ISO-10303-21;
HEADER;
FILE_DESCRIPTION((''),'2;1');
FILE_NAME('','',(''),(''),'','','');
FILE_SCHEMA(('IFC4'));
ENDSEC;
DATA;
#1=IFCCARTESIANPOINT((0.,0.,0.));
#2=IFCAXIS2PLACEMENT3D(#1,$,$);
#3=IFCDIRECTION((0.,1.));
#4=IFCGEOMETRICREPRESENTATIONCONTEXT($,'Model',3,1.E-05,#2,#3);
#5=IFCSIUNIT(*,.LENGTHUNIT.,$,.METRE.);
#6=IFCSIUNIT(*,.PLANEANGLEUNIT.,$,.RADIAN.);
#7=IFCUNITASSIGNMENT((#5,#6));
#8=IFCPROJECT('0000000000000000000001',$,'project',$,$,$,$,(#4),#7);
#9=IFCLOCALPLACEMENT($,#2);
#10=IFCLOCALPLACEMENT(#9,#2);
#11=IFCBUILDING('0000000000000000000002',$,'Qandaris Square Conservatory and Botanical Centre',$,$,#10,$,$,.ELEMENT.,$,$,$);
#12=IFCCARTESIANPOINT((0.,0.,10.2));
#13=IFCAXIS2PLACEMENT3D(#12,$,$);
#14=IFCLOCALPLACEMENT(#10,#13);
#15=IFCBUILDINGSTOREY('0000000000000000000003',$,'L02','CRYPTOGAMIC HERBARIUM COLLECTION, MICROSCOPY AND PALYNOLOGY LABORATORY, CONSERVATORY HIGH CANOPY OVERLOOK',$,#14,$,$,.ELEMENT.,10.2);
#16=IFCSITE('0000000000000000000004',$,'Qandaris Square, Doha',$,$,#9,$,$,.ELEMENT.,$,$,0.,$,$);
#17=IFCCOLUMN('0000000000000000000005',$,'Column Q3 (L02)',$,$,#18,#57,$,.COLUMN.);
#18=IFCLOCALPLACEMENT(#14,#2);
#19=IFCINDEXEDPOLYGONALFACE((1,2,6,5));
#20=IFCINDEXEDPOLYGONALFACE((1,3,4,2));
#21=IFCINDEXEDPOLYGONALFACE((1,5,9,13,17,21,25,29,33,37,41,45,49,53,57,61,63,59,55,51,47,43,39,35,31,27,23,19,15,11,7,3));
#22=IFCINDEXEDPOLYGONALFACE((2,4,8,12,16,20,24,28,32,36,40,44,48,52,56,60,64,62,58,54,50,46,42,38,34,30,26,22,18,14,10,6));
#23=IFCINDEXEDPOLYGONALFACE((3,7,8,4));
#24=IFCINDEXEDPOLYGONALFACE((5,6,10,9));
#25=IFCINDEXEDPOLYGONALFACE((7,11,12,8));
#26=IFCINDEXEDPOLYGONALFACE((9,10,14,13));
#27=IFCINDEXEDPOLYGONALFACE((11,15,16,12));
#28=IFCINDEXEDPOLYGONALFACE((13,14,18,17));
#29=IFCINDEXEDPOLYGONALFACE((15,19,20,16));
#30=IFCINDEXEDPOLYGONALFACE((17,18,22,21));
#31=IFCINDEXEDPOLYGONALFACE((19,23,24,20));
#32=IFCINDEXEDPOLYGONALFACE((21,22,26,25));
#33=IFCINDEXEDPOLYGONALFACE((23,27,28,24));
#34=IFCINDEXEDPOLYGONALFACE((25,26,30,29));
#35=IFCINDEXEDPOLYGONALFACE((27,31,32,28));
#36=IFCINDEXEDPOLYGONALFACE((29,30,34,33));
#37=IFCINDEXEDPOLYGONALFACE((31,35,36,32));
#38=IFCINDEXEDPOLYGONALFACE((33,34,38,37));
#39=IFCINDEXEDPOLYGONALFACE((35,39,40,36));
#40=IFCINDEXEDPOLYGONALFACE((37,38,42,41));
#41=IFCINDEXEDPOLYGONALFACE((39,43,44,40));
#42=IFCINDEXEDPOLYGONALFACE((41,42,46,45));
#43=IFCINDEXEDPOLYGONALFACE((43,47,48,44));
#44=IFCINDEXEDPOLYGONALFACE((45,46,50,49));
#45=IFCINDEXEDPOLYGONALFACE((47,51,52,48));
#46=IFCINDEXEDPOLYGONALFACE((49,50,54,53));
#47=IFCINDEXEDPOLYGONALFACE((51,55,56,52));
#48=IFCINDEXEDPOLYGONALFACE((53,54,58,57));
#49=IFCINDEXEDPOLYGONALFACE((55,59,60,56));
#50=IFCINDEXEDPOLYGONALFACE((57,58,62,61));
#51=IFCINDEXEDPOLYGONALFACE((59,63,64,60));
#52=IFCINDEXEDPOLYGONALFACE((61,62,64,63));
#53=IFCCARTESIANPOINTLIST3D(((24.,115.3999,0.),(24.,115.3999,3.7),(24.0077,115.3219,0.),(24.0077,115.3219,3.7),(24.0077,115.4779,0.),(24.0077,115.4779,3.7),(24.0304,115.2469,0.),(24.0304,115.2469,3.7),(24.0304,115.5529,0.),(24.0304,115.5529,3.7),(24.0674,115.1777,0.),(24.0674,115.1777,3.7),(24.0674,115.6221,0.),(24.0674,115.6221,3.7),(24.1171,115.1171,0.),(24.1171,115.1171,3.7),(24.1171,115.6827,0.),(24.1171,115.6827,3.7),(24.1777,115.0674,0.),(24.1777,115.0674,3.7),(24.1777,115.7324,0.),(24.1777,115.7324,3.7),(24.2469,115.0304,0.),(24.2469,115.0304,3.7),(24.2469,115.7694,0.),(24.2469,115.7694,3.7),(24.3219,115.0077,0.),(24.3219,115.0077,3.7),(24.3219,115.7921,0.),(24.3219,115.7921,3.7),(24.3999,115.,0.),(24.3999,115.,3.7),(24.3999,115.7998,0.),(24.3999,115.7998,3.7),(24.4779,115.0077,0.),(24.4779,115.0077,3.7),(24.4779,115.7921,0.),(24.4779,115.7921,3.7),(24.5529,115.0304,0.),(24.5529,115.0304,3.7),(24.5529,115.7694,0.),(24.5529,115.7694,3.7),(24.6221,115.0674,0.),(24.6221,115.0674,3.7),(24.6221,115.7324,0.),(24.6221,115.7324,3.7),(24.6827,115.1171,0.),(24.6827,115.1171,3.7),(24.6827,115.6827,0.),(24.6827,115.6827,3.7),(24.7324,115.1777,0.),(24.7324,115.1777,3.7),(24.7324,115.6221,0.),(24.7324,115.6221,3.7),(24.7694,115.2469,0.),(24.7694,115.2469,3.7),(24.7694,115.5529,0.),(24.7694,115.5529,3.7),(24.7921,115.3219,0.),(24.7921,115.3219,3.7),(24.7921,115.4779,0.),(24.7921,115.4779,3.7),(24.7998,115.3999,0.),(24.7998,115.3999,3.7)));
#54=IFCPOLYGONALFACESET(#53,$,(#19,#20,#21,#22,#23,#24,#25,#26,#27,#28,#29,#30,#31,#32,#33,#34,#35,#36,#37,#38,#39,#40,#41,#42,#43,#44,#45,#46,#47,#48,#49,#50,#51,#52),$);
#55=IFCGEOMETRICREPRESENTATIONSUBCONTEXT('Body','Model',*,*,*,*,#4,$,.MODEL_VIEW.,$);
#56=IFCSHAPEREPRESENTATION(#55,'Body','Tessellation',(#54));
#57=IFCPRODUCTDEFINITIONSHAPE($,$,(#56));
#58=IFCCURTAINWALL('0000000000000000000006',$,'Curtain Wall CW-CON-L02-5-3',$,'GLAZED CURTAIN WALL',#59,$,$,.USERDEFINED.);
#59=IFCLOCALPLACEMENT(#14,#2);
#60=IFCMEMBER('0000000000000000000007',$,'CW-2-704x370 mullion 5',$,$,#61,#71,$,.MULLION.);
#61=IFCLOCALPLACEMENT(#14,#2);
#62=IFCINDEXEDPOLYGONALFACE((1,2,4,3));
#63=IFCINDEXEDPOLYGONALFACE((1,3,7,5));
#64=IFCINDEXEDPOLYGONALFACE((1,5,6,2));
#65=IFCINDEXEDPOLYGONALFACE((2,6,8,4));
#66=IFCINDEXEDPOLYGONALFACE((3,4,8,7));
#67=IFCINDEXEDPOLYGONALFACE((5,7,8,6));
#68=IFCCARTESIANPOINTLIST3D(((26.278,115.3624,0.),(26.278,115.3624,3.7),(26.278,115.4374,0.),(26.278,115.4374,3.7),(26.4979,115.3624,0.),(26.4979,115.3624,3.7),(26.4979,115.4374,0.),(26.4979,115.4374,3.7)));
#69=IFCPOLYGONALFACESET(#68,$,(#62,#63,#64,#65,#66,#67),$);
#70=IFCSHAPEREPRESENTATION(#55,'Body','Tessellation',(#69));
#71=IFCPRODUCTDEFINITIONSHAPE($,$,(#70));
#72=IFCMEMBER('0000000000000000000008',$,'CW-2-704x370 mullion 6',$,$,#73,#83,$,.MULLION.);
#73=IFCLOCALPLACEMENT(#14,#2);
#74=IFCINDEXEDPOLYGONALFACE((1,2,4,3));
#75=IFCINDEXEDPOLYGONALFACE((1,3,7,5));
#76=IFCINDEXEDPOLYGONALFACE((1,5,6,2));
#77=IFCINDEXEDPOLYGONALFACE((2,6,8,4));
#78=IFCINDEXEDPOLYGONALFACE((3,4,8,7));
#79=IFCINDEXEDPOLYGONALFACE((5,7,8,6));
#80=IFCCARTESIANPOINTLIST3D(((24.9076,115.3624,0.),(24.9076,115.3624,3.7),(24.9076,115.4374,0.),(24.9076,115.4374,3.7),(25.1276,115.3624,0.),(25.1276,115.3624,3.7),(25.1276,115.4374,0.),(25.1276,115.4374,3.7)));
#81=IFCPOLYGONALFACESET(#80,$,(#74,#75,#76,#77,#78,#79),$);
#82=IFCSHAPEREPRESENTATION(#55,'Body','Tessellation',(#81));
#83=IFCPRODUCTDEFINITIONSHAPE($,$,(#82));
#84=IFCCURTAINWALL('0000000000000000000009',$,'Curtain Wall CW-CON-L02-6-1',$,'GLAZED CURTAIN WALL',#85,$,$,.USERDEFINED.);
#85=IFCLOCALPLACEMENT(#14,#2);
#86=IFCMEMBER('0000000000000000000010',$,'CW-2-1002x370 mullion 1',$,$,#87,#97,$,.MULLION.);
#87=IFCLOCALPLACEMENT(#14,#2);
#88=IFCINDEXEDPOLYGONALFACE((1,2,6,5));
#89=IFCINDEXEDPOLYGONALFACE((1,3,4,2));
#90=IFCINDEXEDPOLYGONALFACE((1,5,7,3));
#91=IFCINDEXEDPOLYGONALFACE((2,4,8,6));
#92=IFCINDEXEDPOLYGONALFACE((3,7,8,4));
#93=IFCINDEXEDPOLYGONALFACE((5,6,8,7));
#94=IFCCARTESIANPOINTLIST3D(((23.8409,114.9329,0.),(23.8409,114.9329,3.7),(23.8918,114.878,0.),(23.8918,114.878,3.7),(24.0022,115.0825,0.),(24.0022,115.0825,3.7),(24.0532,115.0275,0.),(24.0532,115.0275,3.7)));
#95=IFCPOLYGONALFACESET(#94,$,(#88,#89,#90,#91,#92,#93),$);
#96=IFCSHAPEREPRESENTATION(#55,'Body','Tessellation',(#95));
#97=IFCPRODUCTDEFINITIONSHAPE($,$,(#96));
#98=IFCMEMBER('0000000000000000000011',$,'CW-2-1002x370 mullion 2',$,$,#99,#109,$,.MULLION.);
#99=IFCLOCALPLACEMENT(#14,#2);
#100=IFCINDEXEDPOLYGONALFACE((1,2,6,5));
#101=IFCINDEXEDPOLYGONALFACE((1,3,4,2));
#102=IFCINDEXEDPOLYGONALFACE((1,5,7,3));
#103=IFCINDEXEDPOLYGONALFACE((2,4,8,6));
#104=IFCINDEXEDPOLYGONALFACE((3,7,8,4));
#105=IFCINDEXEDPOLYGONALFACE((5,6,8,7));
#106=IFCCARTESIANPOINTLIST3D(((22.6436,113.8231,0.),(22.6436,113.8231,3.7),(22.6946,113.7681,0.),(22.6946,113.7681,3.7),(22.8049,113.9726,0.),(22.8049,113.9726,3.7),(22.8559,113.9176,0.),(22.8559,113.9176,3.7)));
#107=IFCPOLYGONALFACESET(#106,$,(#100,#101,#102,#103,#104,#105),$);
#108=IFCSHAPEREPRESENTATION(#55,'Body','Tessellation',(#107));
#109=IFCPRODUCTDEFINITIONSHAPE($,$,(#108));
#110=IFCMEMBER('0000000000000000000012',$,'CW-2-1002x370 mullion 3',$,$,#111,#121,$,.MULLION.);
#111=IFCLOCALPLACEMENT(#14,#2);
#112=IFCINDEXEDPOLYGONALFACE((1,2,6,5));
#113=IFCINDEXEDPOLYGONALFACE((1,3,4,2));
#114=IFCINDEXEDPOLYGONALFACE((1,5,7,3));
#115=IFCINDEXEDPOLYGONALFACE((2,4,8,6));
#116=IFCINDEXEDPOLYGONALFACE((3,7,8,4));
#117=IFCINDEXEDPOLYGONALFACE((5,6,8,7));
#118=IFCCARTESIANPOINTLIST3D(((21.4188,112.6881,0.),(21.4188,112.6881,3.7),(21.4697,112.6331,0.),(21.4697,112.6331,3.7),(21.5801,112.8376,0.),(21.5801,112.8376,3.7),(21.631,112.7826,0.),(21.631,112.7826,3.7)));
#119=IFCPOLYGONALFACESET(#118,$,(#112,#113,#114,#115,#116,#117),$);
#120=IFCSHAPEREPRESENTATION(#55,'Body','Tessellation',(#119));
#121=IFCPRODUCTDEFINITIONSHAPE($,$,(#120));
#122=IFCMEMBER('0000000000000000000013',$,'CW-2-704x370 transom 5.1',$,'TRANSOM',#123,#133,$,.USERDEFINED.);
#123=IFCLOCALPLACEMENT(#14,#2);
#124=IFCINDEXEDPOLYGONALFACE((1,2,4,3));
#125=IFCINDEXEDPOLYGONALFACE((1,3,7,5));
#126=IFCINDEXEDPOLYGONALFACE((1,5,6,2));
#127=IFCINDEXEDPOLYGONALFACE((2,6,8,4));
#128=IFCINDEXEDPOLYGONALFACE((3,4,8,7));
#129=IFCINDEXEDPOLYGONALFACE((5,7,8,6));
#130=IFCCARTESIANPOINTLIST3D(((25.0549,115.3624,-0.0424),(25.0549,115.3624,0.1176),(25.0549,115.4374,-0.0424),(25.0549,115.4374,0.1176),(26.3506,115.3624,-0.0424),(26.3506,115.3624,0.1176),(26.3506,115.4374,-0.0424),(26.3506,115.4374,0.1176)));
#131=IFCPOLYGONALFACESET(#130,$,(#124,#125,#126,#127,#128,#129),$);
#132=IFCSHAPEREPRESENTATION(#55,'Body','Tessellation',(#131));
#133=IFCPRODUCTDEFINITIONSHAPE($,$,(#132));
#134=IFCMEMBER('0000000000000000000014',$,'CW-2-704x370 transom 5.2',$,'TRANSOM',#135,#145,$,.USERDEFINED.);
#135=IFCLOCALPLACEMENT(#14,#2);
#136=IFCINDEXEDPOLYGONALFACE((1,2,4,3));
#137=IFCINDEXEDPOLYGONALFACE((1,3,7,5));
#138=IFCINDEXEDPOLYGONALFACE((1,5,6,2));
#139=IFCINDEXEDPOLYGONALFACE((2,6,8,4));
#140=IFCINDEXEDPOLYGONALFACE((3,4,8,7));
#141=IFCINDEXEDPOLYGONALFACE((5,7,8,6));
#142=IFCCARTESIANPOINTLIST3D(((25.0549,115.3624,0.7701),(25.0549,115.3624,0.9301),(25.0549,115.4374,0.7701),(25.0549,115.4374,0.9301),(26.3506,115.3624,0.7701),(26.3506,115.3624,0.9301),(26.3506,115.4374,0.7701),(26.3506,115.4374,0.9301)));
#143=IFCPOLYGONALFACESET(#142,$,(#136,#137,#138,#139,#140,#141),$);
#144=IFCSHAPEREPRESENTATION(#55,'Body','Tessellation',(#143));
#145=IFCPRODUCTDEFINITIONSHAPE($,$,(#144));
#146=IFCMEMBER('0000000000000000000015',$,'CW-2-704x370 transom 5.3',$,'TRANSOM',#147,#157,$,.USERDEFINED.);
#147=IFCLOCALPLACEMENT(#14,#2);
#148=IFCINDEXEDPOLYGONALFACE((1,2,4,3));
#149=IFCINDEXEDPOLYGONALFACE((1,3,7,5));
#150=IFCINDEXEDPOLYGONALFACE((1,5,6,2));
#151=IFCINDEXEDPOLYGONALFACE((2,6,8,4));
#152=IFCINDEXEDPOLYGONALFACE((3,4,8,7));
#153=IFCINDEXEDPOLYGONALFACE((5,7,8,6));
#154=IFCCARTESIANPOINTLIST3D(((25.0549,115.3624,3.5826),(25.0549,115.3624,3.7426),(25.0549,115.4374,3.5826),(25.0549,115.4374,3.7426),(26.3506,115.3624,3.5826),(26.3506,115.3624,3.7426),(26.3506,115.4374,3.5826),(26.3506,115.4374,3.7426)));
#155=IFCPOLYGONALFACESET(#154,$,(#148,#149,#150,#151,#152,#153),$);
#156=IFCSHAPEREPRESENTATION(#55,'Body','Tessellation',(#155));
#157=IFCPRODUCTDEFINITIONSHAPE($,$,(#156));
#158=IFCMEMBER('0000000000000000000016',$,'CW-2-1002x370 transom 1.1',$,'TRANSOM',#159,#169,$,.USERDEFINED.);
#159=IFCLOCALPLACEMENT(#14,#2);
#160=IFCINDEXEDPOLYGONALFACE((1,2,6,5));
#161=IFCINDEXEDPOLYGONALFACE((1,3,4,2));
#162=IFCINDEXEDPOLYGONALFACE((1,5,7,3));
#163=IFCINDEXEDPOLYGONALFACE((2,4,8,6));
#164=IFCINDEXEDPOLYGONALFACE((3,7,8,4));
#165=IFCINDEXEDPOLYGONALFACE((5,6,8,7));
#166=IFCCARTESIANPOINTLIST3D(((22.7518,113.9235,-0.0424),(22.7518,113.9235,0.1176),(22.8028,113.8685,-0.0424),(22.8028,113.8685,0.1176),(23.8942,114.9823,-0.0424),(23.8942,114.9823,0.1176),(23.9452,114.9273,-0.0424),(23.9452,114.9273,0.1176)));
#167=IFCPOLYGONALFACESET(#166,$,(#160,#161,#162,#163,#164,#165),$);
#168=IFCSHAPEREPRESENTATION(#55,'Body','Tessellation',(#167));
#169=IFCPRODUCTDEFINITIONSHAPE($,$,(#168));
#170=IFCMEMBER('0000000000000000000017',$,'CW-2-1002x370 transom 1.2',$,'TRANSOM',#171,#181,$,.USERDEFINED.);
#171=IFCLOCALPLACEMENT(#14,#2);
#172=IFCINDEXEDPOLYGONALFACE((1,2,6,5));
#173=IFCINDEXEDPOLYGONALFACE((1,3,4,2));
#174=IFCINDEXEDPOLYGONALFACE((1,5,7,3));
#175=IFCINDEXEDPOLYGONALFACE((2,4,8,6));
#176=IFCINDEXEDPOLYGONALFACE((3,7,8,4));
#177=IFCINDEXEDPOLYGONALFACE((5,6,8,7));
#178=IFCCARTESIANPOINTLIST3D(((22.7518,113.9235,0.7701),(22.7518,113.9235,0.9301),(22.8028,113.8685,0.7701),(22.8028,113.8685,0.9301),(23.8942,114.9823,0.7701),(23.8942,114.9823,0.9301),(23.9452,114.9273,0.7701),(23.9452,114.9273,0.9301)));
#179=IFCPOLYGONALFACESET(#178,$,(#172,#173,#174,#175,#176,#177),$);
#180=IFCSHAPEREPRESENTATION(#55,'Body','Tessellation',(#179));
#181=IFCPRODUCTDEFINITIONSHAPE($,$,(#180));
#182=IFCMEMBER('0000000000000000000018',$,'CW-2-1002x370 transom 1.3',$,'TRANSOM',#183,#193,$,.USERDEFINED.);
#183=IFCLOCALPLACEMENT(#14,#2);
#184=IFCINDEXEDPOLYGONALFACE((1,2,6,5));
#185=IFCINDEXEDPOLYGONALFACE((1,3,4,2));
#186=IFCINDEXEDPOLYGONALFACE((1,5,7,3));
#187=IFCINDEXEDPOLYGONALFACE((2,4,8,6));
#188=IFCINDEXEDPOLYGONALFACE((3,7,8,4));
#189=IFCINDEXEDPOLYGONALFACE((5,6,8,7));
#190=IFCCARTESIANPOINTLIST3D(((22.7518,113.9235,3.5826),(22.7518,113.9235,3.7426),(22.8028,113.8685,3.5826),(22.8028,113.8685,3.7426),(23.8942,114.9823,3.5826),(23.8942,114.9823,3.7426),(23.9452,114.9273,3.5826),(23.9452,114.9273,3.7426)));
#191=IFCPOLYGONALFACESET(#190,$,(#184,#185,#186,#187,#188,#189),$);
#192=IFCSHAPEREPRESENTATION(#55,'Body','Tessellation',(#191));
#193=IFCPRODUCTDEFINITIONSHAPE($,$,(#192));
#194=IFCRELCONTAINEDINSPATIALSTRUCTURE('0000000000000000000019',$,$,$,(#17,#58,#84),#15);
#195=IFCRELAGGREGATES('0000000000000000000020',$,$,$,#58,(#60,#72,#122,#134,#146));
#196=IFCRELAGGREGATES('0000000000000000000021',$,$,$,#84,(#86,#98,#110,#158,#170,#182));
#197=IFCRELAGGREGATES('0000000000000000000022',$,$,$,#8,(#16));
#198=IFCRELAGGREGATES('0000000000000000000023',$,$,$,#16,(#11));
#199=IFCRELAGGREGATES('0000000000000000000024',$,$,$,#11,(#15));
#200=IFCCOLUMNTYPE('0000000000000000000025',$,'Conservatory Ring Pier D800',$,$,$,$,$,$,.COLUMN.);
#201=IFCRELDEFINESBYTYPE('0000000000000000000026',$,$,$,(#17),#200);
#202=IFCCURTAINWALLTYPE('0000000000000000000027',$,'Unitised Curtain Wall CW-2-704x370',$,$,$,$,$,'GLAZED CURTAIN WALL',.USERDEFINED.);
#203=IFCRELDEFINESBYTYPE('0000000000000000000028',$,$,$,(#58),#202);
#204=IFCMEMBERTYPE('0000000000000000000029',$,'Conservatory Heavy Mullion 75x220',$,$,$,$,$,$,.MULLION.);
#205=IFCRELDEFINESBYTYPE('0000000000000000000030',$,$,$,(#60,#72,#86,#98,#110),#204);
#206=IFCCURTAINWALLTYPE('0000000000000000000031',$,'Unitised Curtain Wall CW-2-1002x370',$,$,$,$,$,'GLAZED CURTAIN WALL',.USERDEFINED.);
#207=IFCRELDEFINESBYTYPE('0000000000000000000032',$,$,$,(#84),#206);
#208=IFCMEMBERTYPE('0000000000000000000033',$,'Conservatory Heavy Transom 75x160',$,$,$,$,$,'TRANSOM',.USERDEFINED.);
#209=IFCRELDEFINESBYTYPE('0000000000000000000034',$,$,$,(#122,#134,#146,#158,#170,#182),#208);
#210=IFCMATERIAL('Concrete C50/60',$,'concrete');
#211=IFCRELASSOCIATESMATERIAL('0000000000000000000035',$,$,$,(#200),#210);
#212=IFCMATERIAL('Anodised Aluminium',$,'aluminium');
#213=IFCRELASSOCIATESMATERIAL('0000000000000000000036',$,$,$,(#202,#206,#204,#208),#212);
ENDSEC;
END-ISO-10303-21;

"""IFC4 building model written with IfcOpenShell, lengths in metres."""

from ifc_helpers import new_model, si_unit, direction, frame, origin, origin_2d, place, context, subcontext, project, spatial, rectangle, circle, extrude, material, material_profile, profile_set, type_object, element, aggregate, save


model = new_model("IFC4")

# Units and contexts
model_context = context("Model", 3, precision=1e-05, world=origin(), true_north=direction((0.0, 1.0)))
body_context = subcontext(model_context, "Body", "Model", "MODEL_VIEW")
ifc_project = project(units=[si_unit("LENGTHUNIT", "METRE"), si_unit("PLANEANGLEUNIT", "RADIAN")], contexts=[model_context])

# Site, building, storey
site_placement = place(None, origin())
site = spatial("IfcSite", under=ifc_project, at=site_placement, Name="Qandaris Square, Doha", CompositionType="ELEMENT", RefElevation=0.0)
building_placement = place(site_placement, origin())
building = spatial("IfcBuilding", under=site, at=building_placement, Name="Qandaris Square Conservatory and Botanical Centre", CompositionType="ELEMENT")
storey_placement = place(building_placement, frame((0.0, 0.0, 10.2)))
storey = spatial("IfcBuildingStorey", under=building, at=storey_placement, Name="L02", Description="CRYPTOGAMIC HERBARIUM COLLECTION, MICROSCOPY AND PALYNOLOGY LABORATORY, CONSERVATORY HIGH CANOPY OVERLOOK", CompositionType="ELEMENT", Elevation=10.2)

# Column
ifc_material_1 = material(Name="Concrete C50/60", Category="concrete")
ifc_material_profile_1 = material_profile(ifc_material_1, circle(Radius=0.3999, at=origin_2d()), Name="RC-COL D800")
ifc_profile_set_1 = profile_set([ifc_material_profile_1], Name="Concrete C50/60")
column_type = type_object("IfcColumnType", Name="Conservatory Ring Pier D800", PredefinedType="COLUMN", material=ifc_profile_set_1)
column_placement = place(storey_placement, frame((24.3999, 115.3999, 0.0), z_axis=(0.0, 0.0, 1.0), x_axis=(1.0, 0.0, 0.0)))
element("IfcColumn", 1, at=column_placement, inside=storey, type_object=column_type, Name="Column Q3 (L02)", PredefinedType="COLUMN", context=body_context, shape_type="SweptSolid", body=[
    extrude(circle(Radius=0.3999, at=origin_2d()), origin(), (0.0, 0.0, 1.0), 3.7),
])

# Curtain walls, members
ifc_material_2 = material(Name="Anodised Aluminium", Category="aluminium")
curtain_wall_type_1 = type_object("IfcCurtainWallType", Name="Unitised Curtain Wall CW-2-704x370", ElementType="GLAZED CURTAIN WALL", PredefinedType="USERDEFINED", material=ifc_material_2)
curtain_wall_1_placement = place(storey_placement, origin())
curtain_wall_1 = element("IfcCurtainWall", 2, at=curtain_wall_1_placement, inside=storey, type_object=curtain_wall_type_1, Name="Curtain Wall CW-CON-L02-5-3", ObjectType="GLAZED CURTAIN WALL", PredefinedType="USERDEFINED")
ifc_material_profile_2 = material_profile(ifc_material_2, rectangle(XDim=0.075, YDim=0.22, at=origin_2d()), Name="ALU-MUL 75x220")
ifc_profile_set_2 = profile_set([ifc_material_profile_2], Name="Anodised Aluminium")
member_type_1 = type_object("IfcMemberType", Name="Conservatory Heavy Mullion 75x220", PredefinedType="MULLION", material=ifc_profile_set_2)
member_1_placement = place(storey_placement, frame((26.3879, 115.3999, 0.0), z_axis=(0.0, 0.0, 1.0), x_axis=(0.0, -1.0, 0.0)))
member_1 = element("IfcMember", 3, at=member_1_placement, type_object=member_type_1, Name="CW-2-704x370 mullion 5", PredefinedType="MULLION", context=body_context, shape_type="SweptSolid", body=[
    extrude(rectangle(XDim=0.075, YDim=0.22, at=origin_2d()), origin(), (0.0, 0.0, 1.0), 3.7),
])
member_2_placement = place(storey_placement, frame((25.0176, 115.3999, 0.0), z_axis=(0.0, 0.0, 1.0), x_axis=(0.0, -1.0, 0.0)))
member_2 = element("IfcMember", 4, at=member_2_placement, type_object=member_type_1, Name="CW-2-704x370 mullion 6", PredefinedType="MULLION", context=body_context, shape_type="SweptSolid", body=[
    extrude(rectangle(XDim=0.075, YDim=0.22, at=origin_2d()), origin(), (0.0, 0.0, 1.0), 3.7),
])
curtain_wall_type_2 = type_object("IfcCurtainWallType", Name="Unitised Curtain Wall CW-2-1002x370", ElementType="GLAZED CURTAIN WALL", PredefinedType="USERDEFINED", material=ifc_material_2)
curtain_wall_2_placement = place(storey_placement, origin())
curtain_wall_2 = element("IfcCurtainWall", 5, at=curtain_wall_2_placement, inside=storey, type_object=curtain_wall_type_2, Name="Curtain Wall CW-CON-L02-6-1", ObjectType="GLAZED CURTAIN WALL", PredefinedType="USERDEFINED")
member_3_placement = place(storey_placement, frame((23.947, 114.9802, 0.0), z_axis=(0.0, 0.0, 1.0), x_axis=(0.679762, -0.733433, 0.0)))
member_3 = element("IfcMember", 6, at=member_3_placement, type_object=member_type_1, Name="CW-2-1002x370 mullion 1", PredefinedType="MULLION", context=body_context, shape_type="SweptSolid", body=[
    extrude(rectangle(XDim=0.075, YDim=0.22, at=origin_2d()), origin(), (0.0, 0.0, 1.0), 3.7),
])
member_4_placement = place(storey_placement, frame((22.7498, 113.8704, 0.0), z_axis=(0.0, 0.0, 1.0), x_axis=(0.679762, -0.733433, 0.0)))
member_4 = element("IfcMember", 7, at=member_4_placement, type_object=member_type_1, Name="CW-2-1002x370 mullion 2", PredefinedType="MULLION", context=body_context, shape_type="SweptSolid", body=[
    extrude(rectangle(XDim=0.075, YDim=0.22, at=origin_2d()), origin(), (0.0, 0.0, 1.0), 3.7),
])
member_5_placement = place(storey_placement, frame((21.5249, 112.7354, 0.0), z_axis=(0.0, 0.0, 1.0), x_axis=(0.679762, -0.733433, 0.0)))
member_5 = element("IfcMember", 8, at=member_5_placement, type_object=member_type_1, Name="CW-2-1002x370 mullion 3", PredefinedType="MULLION", context=body_context, shape_type="SweptSolid", body=[
    extrude(rectangle(XDim=0.075, YDim=0.22, at=origin_2d()), origin(), (0.0, 0.0, 1.0), 3.7),
])

# Members
ifc_material_profile_3 = material_profile(ifc_material_2, rectangle(XDim=0.075, YDim=0.1599, at=origin_2d()), Name="ALU-TRN 75x160")
ifc_profile_set_3 = profile_set([ifc_material_profile_3], Name="Anodised Aluminium")
member_type_2 = type_object("IfcMemberType", Name="Conservatory Heavy Transom 75x160", ElementType="TRANSOM", PredefinedType="USERDEFINED", material=ifc_profile_set_3)
member_6_placement = place(storey_placement, frame((26.3506, 115.3999, 0.0376), z_axis=(-1.0, 0.0, 0.0), x_axis=(0.0, -1.0, 0.0)))
member_6 = element("IfcMember", 9, at=member_6_placement, type_object=member_type_2, Name="CW-2-704x370 transom 5.1", ObjectType="TRANSOM", PredefinedType="USERDEFINED", context=body_context, shape_type="SweptSolid", body=[
    extrude(rectangle(XDim=0.075, YDim=0.1599, at=origin_2d()), origin(), (0.0, 0.0, 1.0), 1.2957),
])
member_7_placement = place(storey_placement, frame((26.3506, 115.3999, 0.8501), z_axis=(-1.0, 0.0, 0.0), x_axis=(0.0, -1.0, 0.0)))
member_7 = element("IfcMember", 10, at=member_7_placement, type_object=member_type_2, Name="CW-2-704x370 transom 5.2", ObjectType="TRANSOM", PredefinedType="USERDEFINED", context=body_context, shape_type="SweptSolid", body=[
    extrude(rectangle(XDim=0.075, YDim=0.1599, at=origin_2d()), origin(), (0.0, 0.0, 1.0), 1.2957),
])
member_8_placement = place(storey_placement, frame((26.3506, 115.3999, 3.6626), z_axis=(-1.0, 0.0, 0.0), x_axis=(0.0, -1.0, 0.0)))
member_8 = element("IfcMember", 11, at=member_8_placement, type_object=member_type_2, Name="CW-2-704x370 transom 5.3", ObjectType="TRANSOM", PredefinedType="USERDEFINED", context=body_context, shape_type="SweptSolid", body=[
    extrude(rectangle(XDim=0.075, YDim=0.1599, at=origin_2d()), origin(), (0.0, 0.0, 1.0), 1.2957),
])
member_9_placement = place(storey_placement, frame((23.9197, 114.9548, 0.0376), z_axis=(-0.733402, -0.679796, 0.0), x_axis=(0.679796, -0.733402, 0.0)))
member_9 = element("IfcMember", 12, at=member_9_placement, type_object=member_type_2, Name="CW-2-1002x370 transom 1.1", ObjectType="TRANSOM", PredefinedType="USERDEFINED", context=body_context, shape_type="SweptSolid", body=[
    extrude(rectangle(XDim=0.075, YDim=0.1599, at=origin_2d()), origin(), (0.0, 0.0, 1.0), 1.5576),
])
member_10_placement = place(storey_placement, frame((23.9197, 114.9548, 0.8501), z_axis=(-0.733402, -0.679796, 0.0), x_axis=(0.679796, -0.733402, 0.0)))
member_10 = element("IfcMember", 13, at=member_10_placement, type_object=member_type_2, Name="CW-2-1002x370 transom 1.2", ObjectType="TRANSOM", PredefinedType="USERDEFINED", context=body_context, shape_type="SweptSolid", body=[
    extrude(rectangle(XDim=0.075, YDim=0.1599, at=origin_2d()), origin(), (0.0, 0.0, 1.0), 1.5576),
])
member_11_placement = place(storey_placement, frame((23.9197, 114.9548, 3.6626), z_axis=(-0.733402, -0.679796, 0.0), x_axis=(0.679796, -0.733402, 0.0)))
member_11 = element("IfcMember", 14, at=member_11_placement, type_object=member_type_2, Name="CW-2-1002x370 transom 1.3", ObjectType="TRANSOM", PredefinedType="USERDEFINED", context=body_context, shape_type="SweptSolid", body=[
    extrude(rectangle(XDim=0.075, YDim=0.1599, at=origin_2d()), origin(), (0.0, 0.0, 1.0), 1.5576),
])

aggregate(curtain_wall_1, [member_1, member_2, member_6, member_7, member_8])
aggregate(curtain_wall_2, [member_3, member_4, member_5, member_9, member_10, member_11])

save(model, "model.ifc")
